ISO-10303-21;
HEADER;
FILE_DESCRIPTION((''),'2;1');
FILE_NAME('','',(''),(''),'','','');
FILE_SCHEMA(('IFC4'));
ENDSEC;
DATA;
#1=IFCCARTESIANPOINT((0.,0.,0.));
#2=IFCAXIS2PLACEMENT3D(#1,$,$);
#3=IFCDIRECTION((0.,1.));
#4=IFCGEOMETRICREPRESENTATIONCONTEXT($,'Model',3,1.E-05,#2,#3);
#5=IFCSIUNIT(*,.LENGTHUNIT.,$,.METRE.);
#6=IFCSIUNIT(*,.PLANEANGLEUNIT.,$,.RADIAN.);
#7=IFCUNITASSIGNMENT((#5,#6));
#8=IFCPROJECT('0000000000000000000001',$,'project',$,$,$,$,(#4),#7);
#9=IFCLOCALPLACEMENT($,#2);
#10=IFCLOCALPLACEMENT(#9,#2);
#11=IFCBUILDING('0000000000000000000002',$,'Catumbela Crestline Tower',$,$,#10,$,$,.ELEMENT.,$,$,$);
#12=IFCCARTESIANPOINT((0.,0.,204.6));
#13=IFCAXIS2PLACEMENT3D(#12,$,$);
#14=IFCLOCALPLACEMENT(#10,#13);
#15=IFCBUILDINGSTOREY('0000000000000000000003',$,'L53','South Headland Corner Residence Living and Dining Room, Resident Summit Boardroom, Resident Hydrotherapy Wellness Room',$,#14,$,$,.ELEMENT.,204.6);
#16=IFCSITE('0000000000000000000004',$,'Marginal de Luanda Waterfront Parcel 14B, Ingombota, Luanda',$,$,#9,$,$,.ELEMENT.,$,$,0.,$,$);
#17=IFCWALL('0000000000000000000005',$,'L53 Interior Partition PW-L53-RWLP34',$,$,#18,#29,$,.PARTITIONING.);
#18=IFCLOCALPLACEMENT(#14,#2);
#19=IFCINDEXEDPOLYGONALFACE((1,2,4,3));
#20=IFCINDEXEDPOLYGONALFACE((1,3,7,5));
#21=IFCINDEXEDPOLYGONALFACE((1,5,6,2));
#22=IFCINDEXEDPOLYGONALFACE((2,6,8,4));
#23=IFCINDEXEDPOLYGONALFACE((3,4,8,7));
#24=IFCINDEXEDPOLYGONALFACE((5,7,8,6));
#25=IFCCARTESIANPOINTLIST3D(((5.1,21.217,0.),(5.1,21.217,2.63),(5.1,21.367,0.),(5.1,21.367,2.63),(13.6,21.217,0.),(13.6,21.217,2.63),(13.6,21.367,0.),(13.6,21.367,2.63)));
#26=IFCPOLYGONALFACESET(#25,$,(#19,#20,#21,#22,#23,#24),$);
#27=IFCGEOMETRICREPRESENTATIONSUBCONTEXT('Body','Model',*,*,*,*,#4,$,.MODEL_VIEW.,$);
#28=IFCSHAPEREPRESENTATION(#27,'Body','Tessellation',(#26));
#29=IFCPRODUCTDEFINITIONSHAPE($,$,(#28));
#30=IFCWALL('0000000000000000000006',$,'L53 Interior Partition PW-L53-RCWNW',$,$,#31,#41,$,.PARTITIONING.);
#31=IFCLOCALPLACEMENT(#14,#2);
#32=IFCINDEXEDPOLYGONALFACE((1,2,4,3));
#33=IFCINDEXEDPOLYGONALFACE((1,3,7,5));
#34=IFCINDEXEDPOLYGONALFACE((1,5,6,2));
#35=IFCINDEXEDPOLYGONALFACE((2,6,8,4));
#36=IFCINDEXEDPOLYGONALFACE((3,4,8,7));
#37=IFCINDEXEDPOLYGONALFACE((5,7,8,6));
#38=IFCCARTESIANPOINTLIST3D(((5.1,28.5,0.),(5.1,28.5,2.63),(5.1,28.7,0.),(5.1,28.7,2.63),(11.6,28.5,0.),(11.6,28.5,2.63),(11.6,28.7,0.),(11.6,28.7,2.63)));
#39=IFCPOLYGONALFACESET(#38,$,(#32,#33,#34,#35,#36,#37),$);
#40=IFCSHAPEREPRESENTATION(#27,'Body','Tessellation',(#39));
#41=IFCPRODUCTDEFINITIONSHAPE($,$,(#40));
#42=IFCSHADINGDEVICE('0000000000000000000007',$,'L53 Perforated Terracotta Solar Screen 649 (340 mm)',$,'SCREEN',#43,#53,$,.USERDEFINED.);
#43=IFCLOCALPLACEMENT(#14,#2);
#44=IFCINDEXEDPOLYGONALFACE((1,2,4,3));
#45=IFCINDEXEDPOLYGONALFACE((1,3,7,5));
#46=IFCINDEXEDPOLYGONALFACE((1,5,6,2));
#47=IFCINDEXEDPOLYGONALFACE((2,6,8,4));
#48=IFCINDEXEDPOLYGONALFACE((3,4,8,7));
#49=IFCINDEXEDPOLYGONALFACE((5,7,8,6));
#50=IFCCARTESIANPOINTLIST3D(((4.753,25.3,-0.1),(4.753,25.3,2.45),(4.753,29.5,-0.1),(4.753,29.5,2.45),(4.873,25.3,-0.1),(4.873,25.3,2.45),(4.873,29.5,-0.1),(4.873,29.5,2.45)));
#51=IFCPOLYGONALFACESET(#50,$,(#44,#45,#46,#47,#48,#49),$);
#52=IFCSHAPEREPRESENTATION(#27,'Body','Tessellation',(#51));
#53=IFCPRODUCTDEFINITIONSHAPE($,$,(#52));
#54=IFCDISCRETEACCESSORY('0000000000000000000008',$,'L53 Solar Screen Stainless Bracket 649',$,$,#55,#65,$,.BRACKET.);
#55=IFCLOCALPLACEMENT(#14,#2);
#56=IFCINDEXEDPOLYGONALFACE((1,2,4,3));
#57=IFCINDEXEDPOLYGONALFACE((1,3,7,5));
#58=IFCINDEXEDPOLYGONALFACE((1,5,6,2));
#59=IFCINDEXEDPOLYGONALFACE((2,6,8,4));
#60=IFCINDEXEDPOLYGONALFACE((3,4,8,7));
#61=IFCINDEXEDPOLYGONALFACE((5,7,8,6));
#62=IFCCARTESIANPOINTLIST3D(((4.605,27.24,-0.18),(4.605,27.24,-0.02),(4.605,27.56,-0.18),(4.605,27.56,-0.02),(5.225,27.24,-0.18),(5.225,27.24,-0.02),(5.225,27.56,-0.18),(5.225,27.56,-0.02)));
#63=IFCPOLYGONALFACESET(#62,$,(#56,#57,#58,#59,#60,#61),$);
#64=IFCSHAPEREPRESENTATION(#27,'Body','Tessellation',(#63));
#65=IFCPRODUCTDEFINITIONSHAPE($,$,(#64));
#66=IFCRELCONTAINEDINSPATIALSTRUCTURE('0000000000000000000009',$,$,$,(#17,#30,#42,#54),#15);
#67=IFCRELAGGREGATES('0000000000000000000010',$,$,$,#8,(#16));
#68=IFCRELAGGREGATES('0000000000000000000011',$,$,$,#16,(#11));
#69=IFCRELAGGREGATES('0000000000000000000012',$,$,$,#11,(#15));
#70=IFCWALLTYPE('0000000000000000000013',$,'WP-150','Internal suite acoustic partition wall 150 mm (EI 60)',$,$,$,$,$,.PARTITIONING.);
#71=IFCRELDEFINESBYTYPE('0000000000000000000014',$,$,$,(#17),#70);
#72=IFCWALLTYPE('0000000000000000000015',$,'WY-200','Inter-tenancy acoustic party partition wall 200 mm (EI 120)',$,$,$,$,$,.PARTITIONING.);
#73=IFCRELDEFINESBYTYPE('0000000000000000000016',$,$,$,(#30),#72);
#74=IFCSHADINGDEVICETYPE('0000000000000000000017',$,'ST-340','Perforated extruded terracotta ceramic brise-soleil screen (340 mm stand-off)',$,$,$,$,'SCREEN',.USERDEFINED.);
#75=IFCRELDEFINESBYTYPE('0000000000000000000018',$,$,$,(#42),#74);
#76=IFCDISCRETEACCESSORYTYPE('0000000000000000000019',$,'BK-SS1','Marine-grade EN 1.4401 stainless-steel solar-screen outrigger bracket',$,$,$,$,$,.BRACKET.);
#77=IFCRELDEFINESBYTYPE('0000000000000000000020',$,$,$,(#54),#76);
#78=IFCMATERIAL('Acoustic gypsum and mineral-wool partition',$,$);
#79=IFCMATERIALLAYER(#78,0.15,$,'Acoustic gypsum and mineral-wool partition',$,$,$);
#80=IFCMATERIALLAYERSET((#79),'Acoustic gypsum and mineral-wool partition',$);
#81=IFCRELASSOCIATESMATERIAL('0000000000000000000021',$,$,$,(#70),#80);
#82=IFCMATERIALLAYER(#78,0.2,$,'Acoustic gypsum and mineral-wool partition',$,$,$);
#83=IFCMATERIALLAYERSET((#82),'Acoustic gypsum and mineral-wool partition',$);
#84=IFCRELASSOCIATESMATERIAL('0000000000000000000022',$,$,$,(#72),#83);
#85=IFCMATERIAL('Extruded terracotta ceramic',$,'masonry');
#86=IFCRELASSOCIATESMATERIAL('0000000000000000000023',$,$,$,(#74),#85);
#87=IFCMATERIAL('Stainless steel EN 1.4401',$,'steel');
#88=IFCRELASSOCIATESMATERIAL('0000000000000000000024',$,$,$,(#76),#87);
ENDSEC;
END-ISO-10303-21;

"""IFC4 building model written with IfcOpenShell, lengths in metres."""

from ifc_helpers import new_model, si_unit, direction, frame, frame_2d, origin, origin_2d, place, context, subcontext, project, spatial, rectangle, extrude, material, layer, layer_set, type_object, element, save


model = new_model("IFC4")

# Units and contexts
model_context = context("Model", 3, precision=1e-05, world=origin(), true_north=direction((0.0, 1.0)))
body_context = subcontext(model_context, "Body", "Model", "MODEL_VIEW")
ifc_project = project(units=[si_unit("LENGTHUNIT", "METRE"), si_unit("PLANEANGLEUNIT", "RADIAN")], contexts=[model_context])

# Site, building, storey
site_placement = place(None, origin())
site = spatial("IfcSite", under=ifc_project, at=site_placement, Name="Marginal de Luanda Waterfront Parcel 14B, Ingombota, Luanda", CompositionType="ELEMENT", RefElevation=0.0)
building_placement = place(site_placement, origin())
building = spatial("IfcBuilding", under=site, at=building_placement, Name="Catumbela Crestline Tower", CompositionType="ELEMENT")
storey_placement = place(building_placement, frame((0.0, 0.0, 204.6)))
storey = spatial("IfcBuildingStorey", under=building, at=storey_placement, Name="L53", Description="South Headland Corner Residence Living and Dining Room, Resident Summit Boardroom, Resident Hydrotherapy Wellness Room", CompositionType="ELEMENT", Elevation=204.6)

# Walls
ifc_material_1 = material(Name="Acoustic gypsum and mineral-wool partition")
ifc_layer_1 = layer(ifc_material_1, 0.15, Name="Acoustic gypsum and mineral-wool partition")
ifc_layer_set_1 = layer_set([ifc_layer_1], Name="Acoustic gypsum and mineral-wool partition")
wall_type_1 = type_object("IfcWallType", Name="WP-150", Description="Internal suite acoustic partition wall 150 mm (EI 60)", PredefinedType="PARTITIONING", material=ifc_layer_set_1)
wall_1_placement = place(storey_placement, frame((5.1, 21.292, 0.0), z_axis=(0.0, 0.0, 1.0), x_axis=(1.0, 0.0, 0.0)))
element("IfcWall", 1, at=wall_1_placement, inside=storey, type_object=wall_type_1, Name="L53 Interior Partition PW-L53-RWLP34", PredefinedType="PARTITIONING", context=body_context, shape_type="SweptSolid", body=[
    extrude(rectangle(XDim=8.5, YDim=0.15, at=frame_2d((4.25, 0.0))), origin(), (0.0, 0.0, 1.0), 2.63),
])
ifc_layer_2 = layer(ifc_material_1, 0.2, Name="Acoustic gypsum and mineral-wool partition")
ifc_layer_set_2 = layer_set([ifc_layer_2], Name="Acoustic gypsum and mineral-wool partition")
wall_type_2 = type_object("IfcWallType", Name="WY-200", Description="Inter-tenancy acoustic party partition wall 200 mm (EI 120)", PredefinedType="PARTITIONING", material=ifc_layer_set_2)
wall_2_placement = place(storey_placement, frame((5.1, 28.6, 0.0), z_axis=(0.0, 0.0, 1.0), x_axis=(1.0, 0.0, 0.0)))
element("IfcWall", 2, at=wall_2_placement, inside=storey, type_object=wall_type_2, Name="L53 Interior Partition PW-L53-RCWNW", PredefinedType="PARTITIONING", context=body_context, shape_type="SweptSolid", body=[
    extrude(rectangle(XDim=6.5, YDim=0.2, at=frame_2d((3.25, 0.0))), origin(), (0.0, 0.0, 1.0), 2.63),
])

# Shading device
ifc_material_2 = material(Name="Extruded terracotta ceramic", Category="masonry")
shading_device_type = type_object("IfcShadingDeviceType", Name="ST-340", Description="Perforated extruded terracotta ceramic brise-soleil screen (340 mm stand-off)", ElementType="SCREEN", PredefinedType="USERDEFINED", material=ifc_material_2)
shading_device_placement = place(storey_placement, frame((4.813, 27.4, -0.1), z_axis=(0.0, 0.0, 1.0), x_axis=(0.0, -1.0, 0.0)))
element("IfcShadingDevice", 3, at=shading_device_placement, inside=storey, type_object=shading_device_type, Name="L53 Perforated Terracotta Solar Screen 649 (340 mm)", ObjectType="SCREEN", PredefinedType="USERDEFINED", context=body_context, shape_type="SweptSolid", body=[
    extrude(rectangle(XDim=4.2, YDim=0.12, at=origin_2d()), origin(), (0.0, 0.0, 1.0), 2.55),
])

# Discrete accessory
ifc_material_3 = material(Name="Stainless steel EN 1.4401", Category="steel")
discrete_accessory_type = type_object("IfcDiscreteAccessoryType", Name="BK-SS1", Description="Marine-grade EN 1.4401 stainless-steel solar-screen outrigger bracket", PredefinedType="BRACKET", material=ifc_material_3)
discrete_accessory_placement = place(storey_placement, frame((4.915, 27.4, -0.18), z_axis=(0.0, 0.0, 1.0), x_axis=(0.0, -1.0, 0.0)))
element("IfcDiscreteAccessory", 4, at=discrete_accessory_placement, inside=storey, type_object=discrete_accessory_type, Name="L53 Solar Screen Stainless Bracket 649", PredefinedType="BRACKET", context=body_context, shape_type="SweptSolid", body=[
    extrude(rectangle(XDim=0.32, YDim=0.62, at=origin_2d()), origin(), (0.0, 0.0, 1.0), 0.16),
])

save(model, "model.ifc")
